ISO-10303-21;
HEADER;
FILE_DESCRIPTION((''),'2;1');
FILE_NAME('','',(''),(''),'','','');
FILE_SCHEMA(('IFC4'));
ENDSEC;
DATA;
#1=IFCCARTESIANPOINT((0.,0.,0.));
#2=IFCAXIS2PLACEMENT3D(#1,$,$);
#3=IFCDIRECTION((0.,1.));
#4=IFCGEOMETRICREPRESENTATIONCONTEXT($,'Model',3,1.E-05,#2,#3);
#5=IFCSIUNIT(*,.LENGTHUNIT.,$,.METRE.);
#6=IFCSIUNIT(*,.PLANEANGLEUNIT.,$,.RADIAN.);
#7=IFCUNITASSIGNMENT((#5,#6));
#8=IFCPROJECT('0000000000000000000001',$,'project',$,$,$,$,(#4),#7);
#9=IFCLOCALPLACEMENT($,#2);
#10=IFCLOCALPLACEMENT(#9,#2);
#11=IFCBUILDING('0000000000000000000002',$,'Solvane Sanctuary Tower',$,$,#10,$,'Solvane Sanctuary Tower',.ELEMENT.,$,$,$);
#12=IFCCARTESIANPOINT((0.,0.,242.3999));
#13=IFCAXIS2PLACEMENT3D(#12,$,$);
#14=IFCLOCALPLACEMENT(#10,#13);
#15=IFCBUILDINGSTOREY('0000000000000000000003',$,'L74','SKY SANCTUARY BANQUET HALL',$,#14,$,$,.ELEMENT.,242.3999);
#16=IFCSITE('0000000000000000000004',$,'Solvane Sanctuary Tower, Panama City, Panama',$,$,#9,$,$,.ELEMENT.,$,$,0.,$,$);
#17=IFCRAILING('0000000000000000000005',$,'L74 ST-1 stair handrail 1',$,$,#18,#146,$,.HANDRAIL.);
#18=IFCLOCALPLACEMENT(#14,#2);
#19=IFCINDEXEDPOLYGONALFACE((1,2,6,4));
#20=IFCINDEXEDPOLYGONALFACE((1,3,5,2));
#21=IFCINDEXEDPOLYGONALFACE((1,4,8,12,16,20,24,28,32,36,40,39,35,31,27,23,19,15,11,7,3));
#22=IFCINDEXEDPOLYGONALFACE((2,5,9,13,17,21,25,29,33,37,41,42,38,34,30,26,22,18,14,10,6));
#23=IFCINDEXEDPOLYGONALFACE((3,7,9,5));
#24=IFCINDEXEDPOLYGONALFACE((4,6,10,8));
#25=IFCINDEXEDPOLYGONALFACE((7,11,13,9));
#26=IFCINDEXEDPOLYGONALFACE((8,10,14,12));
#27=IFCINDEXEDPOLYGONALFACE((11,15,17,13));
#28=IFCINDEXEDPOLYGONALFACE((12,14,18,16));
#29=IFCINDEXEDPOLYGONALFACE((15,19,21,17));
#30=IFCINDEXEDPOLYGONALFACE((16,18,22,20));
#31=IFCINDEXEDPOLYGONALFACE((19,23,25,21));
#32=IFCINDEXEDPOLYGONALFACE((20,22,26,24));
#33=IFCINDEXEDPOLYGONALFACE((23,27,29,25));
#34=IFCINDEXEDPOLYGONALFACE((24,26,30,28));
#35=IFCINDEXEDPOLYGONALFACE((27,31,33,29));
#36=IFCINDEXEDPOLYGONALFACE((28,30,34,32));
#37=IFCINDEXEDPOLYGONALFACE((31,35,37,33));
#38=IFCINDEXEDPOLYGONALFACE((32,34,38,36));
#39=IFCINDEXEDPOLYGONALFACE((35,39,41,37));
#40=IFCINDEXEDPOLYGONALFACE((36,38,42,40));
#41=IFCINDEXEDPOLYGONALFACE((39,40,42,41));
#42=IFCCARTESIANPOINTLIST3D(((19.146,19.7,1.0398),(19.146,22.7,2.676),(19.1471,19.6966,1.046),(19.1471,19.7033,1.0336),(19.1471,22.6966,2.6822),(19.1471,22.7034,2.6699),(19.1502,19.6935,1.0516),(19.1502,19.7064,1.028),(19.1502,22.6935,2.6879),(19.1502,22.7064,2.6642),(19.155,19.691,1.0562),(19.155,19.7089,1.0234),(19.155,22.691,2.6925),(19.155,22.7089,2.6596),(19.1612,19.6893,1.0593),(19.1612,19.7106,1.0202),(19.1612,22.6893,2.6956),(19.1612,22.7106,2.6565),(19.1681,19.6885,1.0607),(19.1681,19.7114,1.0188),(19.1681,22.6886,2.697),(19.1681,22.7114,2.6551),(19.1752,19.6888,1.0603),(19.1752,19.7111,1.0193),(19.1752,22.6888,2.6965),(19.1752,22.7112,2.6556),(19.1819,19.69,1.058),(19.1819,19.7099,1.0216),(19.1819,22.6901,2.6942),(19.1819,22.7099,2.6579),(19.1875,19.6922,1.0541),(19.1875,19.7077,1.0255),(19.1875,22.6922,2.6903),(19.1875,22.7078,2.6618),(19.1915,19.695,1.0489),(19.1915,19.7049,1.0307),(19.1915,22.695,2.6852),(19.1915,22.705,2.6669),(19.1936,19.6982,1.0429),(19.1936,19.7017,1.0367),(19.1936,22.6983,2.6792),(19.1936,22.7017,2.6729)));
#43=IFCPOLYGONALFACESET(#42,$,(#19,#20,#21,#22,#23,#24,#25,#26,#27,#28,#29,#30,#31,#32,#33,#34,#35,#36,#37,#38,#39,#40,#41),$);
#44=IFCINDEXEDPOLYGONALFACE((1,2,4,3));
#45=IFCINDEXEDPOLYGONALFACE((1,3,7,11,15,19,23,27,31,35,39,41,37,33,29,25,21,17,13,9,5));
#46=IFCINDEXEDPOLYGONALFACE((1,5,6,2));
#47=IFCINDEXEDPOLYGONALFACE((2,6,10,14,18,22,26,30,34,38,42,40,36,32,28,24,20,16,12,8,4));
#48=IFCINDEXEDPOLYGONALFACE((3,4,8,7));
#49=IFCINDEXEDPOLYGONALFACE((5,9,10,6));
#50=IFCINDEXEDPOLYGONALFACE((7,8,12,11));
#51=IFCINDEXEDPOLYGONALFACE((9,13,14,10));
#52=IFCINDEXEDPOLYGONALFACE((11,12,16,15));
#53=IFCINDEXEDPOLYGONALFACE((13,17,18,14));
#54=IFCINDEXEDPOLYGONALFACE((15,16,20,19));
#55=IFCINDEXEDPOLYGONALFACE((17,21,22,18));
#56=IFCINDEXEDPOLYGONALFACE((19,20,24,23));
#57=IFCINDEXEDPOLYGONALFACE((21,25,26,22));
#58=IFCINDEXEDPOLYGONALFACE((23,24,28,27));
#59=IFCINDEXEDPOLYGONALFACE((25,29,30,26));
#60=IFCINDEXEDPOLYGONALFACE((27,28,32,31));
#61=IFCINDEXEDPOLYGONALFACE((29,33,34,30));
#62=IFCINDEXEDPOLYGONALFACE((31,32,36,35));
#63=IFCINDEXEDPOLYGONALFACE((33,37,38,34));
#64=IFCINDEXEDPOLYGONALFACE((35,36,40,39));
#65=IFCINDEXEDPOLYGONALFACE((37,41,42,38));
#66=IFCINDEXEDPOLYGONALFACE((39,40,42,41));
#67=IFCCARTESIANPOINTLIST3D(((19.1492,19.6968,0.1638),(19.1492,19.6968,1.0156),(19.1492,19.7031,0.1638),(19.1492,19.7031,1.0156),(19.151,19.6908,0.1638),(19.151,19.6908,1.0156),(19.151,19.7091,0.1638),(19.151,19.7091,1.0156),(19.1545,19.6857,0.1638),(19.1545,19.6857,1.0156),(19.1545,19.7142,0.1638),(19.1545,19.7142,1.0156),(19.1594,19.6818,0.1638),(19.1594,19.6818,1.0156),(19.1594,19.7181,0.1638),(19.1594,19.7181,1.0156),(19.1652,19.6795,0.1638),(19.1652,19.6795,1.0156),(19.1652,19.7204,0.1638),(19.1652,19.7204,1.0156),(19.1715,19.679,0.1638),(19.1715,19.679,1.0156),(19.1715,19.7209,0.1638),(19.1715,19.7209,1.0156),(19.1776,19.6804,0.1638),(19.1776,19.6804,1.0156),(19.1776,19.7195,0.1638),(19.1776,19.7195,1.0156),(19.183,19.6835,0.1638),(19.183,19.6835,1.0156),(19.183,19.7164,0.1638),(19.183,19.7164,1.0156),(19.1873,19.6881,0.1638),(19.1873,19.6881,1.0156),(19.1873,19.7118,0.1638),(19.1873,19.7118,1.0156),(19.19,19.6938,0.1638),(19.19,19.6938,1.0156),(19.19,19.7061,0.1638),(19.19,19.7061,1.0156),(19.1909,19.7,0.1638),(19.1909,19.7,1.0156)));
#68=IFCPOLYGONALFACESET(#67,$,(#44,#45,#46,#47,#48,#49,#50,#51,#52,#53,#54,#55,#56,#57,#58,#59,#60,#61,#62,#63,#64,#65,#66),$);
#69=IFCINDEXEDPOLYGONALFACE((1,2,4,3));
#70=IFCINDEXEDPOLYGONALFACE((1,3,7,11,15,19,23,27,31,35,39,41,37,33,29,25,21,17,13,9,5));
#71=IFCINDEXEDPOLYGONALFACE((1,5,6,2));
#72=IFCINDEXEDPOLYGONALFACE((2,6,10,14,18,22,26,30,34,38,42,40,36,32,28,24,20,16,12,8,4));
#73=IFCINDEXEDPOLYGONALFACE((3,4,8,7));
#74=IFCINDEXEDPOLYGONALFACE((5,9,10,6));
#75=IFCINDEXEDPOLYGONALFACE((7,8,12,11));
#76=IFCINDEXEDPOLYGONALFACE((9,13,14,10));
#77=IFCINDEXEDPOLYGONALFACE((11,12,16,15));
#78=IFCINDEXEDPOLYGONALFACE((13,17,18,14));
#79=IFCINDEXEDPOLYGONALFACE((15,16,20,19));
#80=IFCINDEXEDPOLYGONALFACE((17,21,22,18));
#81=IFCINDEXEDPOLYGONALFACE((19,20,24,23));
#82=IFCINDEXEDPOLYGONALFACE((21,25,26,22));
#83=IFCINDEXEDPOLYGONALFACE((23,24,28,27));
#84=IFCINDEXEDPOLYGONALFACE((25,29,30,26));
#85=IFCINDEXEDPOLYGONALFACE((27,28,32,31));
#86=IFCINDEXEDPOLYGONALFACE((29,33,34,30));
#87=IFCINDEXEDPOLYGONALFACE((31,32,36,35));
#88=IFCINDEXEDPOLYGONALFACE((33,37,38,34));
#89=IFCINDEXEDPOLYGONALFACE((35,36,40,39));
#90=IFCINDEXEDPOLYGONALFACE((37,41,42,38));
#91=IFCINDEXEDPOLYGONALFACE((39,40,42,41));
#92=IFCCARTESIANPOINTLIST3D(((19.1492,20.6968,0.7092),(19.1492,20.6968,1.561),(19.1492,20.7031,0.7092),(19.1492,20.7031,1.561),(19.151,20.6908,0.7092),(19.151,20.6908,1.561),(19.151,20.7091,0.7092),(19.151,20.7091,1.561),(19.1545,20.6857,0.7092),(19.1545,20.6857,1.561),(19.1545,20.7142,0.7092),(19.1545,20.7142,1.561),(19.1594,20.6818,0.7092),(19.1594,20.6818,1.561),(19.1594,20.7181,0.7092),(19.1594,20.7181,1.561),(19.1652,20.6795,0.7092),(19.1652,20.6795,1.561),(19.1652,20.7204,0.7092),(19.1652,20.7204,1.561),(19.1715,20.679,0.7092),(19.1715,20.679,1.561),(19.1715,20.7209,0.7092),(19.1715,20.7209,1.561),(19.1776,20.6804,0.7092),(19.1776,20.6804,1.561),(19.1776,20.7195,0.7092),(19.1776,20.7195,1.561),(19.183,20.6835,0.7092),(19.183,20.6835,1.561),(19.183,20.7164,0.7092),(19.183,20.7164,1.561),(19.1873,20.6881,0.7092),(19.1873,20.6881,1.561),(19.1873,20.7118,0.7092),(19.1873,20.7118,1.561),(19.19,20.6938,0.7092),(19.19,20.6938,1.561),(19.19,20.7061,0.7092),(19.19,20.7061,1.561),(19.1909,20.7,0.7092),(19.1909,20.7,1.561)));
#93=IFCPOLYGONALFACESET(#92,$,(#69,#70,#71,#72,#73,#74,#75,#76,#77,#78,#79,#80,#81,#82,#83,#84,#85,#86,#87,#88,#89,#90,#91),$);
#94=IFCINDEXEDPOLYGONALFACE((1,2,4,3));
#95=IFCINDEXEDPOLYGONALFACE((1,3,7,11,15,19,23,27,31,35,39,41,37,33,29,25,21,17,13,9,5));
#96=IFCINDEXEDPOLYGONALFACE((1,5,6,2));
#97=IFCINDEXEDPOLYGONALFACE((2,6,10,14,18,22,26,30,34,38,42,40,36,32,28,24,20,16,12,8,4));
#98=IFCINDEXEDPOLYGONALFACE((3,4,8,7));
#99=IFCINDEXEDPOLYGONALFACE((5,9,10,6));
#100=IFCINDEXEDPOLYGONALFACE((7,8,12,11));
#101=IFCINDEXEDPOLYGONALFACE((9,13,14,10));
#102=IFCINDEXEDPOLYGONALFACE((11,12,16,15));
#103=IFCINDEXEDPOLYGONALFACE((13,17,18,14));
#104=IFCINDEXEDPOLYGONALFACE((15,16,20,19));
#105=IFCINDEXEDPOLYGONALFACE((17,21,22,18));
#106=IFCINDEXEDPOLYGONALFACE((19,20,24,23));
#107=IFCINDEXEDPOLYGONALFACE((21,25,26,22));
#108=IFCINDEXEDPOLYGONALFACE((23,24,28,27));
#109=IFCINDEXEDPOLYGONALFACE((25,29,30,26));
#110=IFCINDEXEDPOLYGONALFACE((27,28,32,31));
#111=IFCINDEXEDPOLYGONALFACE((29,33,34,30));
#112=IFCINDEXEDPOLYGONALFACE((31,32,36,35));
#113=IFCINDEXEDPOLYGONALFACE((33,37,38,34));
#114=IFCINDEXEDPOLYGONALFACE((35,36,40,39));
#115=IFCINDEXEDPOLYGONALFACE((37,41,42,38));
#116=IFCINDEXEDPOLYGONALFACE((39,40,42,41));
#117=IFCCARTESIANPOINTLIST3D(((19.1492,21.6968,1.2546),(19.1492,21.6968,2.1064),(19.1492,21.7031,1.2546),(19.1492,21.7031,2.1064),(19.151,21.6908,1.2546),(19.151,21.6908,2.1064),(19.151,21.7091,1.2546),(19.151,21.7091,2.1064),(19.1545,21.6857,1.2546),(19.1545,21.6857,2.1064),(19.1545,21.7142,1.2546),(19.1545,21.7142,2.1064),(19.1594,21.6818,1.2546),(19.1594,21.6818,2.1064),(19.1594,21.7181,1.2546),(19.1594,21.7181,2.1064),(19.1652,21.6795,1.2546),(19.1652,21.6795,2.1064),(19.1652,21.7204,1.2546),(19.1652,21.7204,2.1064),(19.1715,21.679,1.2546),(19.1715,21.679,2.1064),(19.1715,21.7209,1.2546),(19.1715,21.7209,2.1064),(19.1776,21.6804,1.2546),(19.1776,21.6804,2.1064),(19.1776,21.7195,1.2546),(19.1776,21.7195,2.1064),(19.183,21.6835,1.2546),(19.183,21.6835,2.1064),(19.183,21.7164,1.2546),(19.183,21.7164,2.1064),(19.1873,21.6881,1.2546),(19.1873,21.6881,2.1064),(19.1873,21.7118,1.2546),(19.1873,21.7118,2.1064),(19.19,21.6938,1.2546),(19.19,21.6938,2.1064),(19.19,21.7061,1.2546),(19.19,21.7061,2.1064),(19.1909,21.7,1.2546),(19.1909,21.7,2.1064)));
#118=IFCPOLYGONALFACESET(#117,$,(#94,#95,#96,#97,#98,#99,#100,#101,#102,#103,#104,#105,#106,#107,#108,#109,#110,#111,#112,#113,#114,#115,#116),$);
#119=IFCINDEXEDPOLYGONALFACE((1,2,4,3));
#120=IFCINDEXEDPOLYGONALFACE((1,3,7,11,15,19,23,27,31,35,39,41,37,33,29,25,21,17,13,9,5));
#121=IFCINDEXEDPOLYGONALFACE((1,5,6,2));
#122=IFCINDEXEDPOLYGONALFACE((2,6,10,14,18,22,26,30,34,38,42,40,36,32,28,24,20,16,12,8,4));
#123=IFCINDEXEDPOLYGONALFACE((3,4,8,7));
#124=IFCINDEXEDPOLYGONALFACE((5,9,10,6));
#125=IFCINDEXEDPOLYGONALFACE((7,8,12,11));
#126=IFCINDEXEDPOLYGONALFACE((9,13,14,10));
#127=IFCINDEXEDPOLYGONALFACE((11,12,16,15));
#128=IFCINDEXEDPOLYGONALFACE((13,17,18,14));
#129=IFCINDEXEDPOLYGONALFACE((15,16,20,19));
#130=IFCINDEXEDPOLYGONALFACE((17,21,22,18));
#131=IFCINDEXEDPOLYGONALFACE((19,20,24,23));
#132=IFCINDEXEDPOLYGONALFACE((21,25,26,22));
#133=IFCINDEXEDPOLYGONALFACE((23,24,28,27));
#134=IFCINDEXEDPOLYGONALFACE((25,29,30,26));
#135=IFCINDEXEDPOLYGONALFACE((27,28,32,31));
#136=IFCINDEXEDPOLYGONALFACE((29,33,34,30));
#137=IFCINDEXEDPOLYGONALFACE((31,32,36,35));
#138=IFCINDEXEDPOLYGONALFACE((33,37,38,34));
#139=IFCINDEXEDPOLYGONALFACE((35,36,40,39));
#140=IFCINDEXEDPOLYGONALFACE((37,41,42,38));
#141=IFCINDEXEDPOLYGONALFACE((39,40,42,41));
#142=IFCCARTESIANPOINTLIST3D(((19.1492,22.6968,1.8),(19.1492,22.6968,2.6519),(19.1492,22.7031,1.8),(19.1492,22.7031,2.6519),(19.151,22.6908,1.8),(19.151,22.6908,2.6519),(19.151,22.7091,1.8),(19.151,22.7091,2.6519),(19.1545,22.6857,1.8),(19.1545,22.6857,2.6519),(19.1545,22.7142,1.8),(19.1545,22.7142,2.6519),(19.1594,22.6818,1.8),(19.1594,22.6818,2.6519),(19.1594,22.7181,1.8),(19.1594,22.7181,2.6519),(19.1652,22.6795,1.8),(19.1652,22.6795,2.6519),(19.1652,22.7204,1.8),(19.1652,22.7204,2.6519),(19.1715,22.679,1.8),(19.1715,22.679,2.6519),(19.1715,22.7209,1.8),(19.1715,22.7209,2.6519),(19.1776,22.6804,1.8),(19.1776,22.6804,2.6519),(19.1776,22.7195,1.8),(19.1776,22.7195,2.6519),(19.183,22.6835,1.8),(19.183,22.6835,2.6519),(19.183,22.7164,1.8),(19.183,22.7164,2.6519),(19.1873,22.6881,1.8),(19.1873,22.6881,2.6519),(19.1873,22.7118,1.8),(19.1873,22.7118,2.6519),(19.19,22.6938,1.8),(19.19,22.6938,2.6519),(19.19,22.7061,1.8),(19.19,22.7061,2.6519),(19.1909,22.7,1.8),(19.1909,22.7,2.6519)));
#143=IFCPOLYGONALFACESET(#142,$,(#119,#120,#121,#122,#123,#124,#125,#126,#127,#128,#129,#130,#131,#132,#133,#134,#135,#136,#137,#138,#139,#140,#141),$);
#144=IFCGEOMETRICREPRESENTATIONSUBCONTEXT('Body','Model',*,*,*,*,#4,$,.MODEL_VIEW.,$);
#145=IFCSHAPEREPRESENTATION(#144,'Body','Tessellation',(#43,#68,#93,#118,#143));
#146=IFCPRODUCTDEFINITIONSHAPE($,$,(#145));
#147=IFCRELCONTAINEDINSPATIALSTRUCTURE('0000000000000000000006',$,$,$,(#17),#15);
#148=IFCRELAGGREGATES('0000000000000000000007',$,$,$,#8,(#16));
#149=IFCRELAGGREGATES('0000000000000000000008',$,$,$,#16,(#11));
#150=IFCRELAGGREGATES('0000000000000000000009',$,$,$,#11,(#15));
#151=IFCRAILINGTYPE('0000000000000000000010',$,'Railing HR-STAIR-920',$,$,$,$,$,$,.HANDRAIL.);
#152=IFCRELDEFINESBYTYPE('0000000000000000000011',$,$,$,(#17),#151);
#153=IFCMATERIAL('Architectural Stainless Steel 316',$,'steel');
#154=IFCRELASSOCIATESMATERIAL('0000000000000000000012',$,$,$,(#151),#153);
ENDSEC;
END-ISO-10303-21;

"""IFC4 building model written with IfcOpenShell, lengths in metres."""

from ifc_helpers import new_model, si_unit, direction, frame, origin, origin_2d, place, context, subcontext, project, spatial, circle, extrude, material, type_object, element, save


model = new_model("IFC4")

# Units and contexts
model_context = context("Model", 3, precision=1e-05, world=origin(), true_north=direction((0.0, 1.0)))
body_context = subcontext(model_context, "Body", "Model", "MODEL_VIEW")
ifc_project = project(units=[si_unit("LENGTHUNIT", "METRE"), si_unit("PLANEANGLEUNIT", "RADIAN")], contexts=[model_context])

# Site, building, storey
site_placement = place(None, origin())
site = spatial("IfcSite", under=ifc_project, at=site_placement, Name="Solvane Sanctuary Tower, Panama City, Panama", CompositionType="ELEMENT", RefElevation=0.0)
building_placement = place(site_placement, origin())
building = spatial("IfcBuilding", under=site, at=building_placement, Name="Solvane Sanctuary Tower", LongName="Solvane Sanctuary Tower", CompositionType="ELEMENT")
storey_placement = place(building_placement, frame((0.0, 0.0, 242.3999)))
storey = spatial("IfcBuildingStorey", under=building, at=storey_placement, Name="L74", Description="SKY SANCTUARY BANQUET HALL", CompositionType="ELEMENT", Elevation=242.3999)

# Shared definitions
ifc_material_1 = material(Name="Architectural Stainless Steel 316", Category="steel")

# Railing
railing_type_1 = type_object("IfcRailingType", Name="Railing HR-STAIR-920", PredefinedType="HANDRAIL", material=ifc_material_1)
railing_1_placement = place(storey_placement, frame((19.1699, 19.7, 0.1638)))
element("IfcRailing", 1, at=railing_1_placement, inside=storey, type_object=railing_type_1, Name="L74 ST-1 stair handrail 1", PredefinedType="HANDRAIL", context=body_context, shape_type="SweptSolid", body=[
    extrude(circle(Radius=0.0239, at=origin_2d()), frame((0.0, 0.0, 0.876), z_axis=(0.0, 0.877912, 0.478822), x_axis=(-1.0, 0.0, 0.0)), (0.0, 0.0, 1.0), 3.4172),
    extrude(circle(Radius=0.021, at=origin_2d()), origin(), (0.0, 0.0, 1.0), 0.8518),
    extrude(circle(Radius=0.021, at=origin_2d()), frame((0.0, 1.0, 0.5454)), (0.0, 0.0, 1.0), 0.8518),
    extrude(circle(Radius=0.021, at=origin_2d()), frame((0.0, 2.0, 1.0908)), (0.0, 0.0, 1.0), 0.8518),
    extrude(circle(Radius=0.021, at=origin_2d()), frame((0.0, 3.0, 1.6362)), (0.0, 0.0, 1.0), 0.8518),
])

save(model, "model.ifc")
